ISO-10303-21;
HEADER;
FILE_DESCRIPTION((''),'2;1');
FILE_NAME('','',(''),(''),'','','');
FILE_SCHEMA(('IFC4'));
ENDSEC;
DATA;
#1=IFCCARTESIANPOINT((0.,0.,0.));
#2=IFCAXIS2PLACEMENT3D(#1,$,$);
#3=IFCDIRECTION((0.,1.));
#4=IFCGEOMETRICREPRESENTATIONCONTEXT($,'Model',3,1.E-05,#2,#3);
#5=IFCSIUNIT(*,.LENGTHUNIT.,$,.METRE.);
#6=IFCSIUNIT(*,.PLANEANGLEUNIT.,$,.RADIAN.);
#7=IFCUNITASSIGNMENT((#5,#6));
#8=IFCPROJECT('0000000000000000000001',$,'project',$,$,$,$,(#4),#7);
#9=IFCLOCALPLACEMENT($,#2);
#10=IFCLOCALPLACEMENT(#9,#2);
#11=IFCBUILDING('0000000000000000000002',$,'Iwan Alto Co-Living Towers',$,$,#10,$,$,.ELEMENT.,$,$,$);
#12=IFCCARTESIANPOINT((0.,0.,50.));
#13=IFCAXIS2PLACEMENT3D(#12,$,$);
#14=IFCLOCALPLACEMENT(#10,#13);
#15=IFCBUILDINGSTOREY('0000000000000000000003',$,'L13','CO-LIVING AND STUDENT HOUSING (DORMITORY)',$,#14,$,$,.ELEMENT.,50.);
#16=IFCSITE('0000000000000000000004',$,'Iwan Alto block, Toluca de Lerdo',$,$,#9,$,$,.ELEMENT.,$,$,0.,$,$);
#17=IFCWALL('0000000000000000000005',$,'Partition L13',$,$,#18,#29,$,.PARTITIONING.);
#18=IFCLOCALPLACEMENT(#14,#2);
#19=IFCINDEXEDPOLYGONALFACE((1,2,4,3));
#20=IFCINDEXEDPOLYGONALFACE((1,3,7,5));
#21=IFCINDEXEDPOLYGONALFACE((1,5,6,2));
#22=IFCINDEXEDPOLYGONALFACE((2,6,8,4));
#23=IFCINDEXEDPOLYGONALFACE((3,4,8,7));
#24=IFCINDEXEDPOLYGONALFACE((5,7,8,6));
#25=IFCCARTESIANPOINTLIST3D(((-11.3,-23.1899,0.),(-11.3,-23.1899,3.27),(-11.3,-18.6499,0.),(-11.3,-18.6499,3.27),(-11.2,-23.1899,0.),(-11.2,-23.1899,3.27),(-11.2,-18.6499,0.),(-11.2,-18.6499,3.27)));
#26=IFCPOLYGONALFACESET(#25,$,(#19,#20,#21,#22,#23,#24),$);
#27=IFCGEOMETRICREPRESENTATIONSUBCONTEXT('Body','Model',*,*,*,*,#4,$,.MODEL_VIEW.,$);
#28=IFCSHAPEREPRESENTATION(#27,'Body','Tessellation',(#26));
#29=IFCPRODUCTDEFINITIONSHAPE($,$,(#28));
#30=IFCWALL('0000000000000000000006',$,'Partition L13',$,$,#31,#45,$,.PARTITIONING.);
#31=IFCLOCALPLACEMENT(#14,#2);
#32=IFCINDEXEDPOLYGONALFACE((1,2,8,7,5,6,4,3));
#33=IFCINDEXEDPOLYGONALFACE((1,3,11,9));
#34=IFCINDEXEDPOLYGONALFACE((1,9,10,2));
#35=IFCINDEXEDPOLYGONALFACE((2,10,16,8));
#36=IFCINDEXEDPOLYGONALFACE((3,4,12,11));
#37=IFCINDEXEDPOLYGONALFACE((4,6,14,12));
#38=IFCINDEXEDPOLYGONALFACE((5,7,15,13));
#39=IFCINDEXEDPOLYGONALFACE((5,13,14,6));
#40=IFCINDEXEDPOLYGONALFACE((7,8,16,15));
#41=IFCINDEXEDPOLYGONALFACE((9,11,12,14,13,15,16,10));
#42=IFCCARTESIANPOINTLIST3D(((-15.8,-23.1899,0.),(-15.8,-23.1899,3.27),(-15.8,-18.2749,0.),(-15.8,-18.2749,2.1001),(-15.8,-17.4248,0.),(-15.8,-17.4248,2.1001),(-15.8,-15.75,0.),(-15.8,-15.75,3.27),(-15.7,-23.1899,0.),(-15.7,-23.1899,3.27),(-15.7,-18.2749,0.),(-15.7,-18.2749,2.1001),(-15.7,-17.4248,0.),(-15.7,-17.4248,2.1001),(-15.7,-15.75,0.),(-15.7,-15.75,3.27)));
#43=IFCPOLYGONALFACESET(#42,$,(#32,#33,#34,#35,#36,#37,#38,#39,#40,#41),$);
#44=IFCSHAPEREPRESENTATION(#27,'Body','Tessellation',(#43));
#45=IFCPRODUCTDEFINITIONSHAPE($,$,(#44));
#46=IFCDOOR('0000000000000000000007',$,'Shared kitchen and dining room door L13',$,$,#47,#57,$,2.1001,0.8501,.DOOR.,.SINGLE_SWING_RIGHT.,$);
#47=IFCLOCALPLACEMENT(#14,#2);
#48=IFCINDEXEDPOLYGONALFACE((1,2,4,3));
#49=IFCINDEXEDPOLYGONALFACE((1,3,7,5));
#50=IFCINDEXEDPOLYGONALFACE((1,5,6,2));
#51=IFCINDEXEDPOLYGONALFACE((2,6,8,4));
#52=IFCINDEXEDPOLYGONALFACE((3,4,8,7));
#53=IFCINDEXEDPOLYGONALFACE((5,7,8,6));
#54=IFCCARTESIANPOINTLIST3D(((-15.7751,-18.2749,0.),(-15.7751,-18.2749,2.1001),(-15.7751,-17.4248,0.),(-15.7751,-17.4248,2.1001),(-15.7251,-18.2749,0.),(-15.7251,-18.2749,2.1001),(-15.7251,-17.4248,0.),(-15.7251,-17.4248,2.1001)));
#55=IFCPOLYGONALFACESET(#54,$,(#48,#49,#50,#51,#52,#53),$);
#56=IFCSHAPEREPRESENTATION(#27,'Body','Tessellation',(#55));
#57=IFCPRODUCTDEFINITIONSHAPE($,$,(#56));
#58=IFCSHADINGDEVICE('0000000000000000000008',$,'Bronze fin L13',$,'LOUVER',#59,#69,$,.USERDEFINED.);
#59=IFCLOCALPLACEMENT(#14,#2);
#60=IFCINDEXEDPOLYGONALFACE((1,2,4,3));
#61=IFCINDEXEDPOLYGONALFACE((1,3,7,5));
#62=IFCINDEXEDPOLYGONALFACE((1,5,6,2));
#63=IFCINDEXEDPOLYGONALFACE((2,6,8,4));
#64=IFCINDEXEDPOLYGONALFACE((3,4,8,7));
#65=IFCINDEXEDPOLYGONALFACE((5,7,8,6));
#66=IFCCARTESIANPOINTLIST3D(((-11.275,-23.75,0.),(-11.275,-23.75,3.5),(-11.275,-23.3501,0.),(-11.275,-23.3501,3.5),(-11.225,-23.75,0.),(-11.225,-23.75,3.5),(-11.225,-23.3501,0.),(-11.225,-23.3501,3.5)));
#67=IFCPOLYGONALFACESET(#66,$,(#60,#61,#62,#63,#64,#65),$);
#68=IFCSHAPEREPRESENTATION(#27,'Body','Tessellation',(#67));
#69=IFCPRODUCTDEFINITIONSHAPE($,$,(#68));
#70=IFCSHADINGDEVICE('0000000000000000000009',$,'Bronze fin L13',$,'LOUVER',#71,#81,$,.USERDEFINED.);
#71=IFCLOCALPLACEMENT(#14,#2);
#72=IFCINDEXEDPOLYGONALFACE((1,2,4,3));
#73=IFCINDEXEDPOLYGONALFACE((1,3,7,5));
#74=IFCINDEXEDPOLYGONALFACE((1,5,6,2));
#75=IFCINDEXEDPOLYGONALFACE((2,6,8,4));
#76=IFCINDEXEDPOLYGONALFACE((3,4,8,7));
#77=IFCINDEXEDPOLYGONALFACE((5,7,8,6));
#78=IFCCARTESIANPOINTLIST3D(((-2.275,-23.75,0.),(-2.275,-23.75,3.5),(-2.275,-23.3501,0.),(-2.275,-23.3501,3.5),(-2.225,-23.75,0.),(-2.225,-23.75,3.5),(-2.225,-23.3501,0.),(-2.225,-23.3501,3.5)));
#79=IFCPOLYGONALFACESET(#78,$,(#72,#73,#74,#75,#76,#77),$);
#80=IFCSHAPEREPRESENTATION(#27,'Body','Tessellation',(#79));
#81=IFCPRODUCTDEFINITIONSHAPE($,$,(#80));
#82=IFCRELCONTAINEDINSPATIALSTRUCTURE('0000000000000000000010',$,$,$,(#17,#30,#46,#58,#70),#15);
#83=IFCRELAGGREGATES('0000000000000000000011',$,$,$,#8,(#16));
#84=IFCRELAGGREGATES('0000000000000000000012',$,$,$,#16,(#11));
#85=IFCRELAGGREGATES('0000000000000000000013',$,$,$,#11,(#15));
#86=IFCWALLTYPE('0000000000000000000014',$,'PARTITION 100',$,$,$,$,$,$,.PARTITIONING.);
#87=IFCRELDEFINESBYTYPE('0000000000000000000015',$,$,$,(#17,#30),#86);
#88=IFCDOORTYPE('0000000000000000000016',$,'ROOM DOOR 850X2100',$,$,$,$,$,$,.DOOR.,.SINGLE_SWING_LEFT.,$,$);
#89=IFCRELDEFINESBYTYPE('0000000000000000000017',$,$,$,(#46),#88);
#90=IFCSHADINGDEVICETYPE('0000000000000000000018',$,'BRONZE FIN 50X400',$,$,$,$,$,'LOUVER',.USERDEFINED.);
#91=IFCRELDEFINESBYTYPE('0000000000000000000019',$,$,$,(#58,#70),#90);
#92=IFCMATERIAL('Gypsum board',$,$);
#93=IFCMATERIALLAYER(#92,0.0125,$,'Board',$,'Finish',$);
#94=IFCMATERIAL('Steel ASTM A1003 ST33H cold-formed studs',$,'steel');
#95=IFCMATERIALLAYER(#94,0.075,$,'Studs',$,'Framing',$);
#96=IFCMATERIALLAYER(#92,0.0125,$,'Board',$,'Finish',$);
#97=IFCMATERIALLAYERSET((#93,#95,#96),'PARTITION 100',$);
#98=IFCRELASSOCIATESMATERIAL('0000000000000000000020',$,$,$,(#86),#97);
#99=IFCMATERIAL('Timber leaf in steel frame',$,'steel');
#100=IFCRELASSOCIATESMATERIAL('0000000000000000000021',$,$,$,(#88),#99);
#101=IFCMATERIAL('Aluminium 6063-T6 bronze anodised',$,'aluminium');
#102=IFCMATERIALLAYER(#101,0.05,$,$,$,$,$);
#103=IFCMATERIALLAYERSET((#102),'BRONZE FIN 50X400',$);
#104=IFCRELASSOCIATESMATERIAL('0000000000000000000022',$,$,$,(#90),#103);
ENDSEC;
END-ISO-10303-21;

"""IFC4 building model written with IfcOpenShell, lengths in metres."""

from ifc_helpers import new_model, si_unit, direction, frame, frame_2d, origin, origin_2d, place, context, subcontext, project, spatial, rectangle, extrude, material, layer, layer_set, type_object, element, fill, save


model = new_model("IFC4")

# Units and contexts
model_context = context("Model", 3, precision=1e-05, world=origin(), true_north=direction((0.0, 1.0)))
body_context = subcontext(model_context, "Body", "Model", "MODEL_VIEW")
ifc_project = project(units=[si_unit("LENGTHUNIT", "METRE"), si_unit("PLANEANGLEUNIT", "RADIAN")], contexts=[model_context])

# Site, building, storey
site_placement = place(None, origin())
site = spatial("IfcSite", under=ifc_project, at=site_placement, Name="Iwan Alto block, Toluca de Lerdo", CompositionType="ELEMENT", RefElevation=0.0)
building_placement = place(site_placement, origin())
building = spatial("IfcBuilding", under=site, at=building_placement, Name="Iwan Alto Co-Living Towers", CompositionType="ELEMENT")
storey_placement = place(building_placement, frame((0.0, 0.0, 50.0)))
storey = spatial("IfcBuildingStorey", under=building, at=storey_placement, Name="L13", Description="CO-LIVING AND STUDENT HOUSING (DORMITORY)", CompositionType="ELEMENT", Elevation=50.0)

# Shared definitions
ifc_material_1 = material(Name="Gypsum board")
ifc_layer_1 = layer(ifc_material_1, 0.0125, Name="Board", Category="Finish")
ifc_material_2 = material(Name="Steel ASTM A1003 ST33H cold-formed studs", Category="steel")
ifc_layer_2 = layer(ifc_material_2, 0.075, Name="Studs", Category="Framing")
ifc_layer_3 = layer(ifc_material_1, 0.0125, Name="Board", Category="Finish")
ifc_layer_set_1 = layer_set([ifc_layer_1, ifc_layer_2, ifc_layer_3], Name="PARTITION 100")
wall_type = type_object("IfcWallType", Name="PARTITION 100", PredefinedType="PARTITIONING", material=ifc_layer_set_1)

# Wall
for number, where, z_axis, x_axis, name in (
    (1, (-11.25, -23.1899, 0.0), (0.0, 0.0, 1.0), (0.0, 1.0, 0.0), "Partition L13"),
):
    element("IfcWall", number, at=place(storey_placement, frame(where, z_axis=z_axis, x_axis=x_axis)), inside=storey, type_object=wall_type, Name=name, PredefinedType="PARTITIONING", context=body_context, shape_type="SweptSolid", body=[
        extrude(rectangle(XDim=4.54, YDim=0.1001, at=frame_2d((2.27, 0.0))), origin(), (0.0, 0.0, 1.0), 3.27),
    ])

# Wall, opening, door
wall_1_placement = place(storey_placement, frame((-15.75, -23.1899, 0.0), z_axis=(0.0, 0.0, 1.0), x_axis=(0.0, 1.0, 0.0)))
wall_1 = element("IfcWall", 2, at=wall_1_placement, inside=storey, type_object=wall_type, Name="Partition L13", PredefinedType="PARTITIONING", context=body_context, shape_type="SweptSolid", body=[
    extrude(rectangle(XDim=7.4399, YDim=0.1001, at=frame_2d((3.72, 0.0))), origin(), (0.0, 0.0, 1.0), 3.27),
])
opening_1_placement = place(wall_1_placement, frame((4.915, 0.0, 0.0)))
opening_1 = element("IfcOpeningElement", 3, at=opening_1_placement, cuts=wall_1, PredefinedType="OPENING", context=body_context, shape_type="SweptSolid", body=[
    extrude(rectangle(XDim=0.8501, YDim=2.1001, at=frame_2d((0.425, 1.05))), frame((0.0, 0.0601, 0.0), z_axis=(0.0, -1.0, 0.0), x_axis=(1.0, 0.0, 0.0)), (0.0, 0.0, 1.0), 0.1201),
])
ifc_material_3 = material(Name="Timber leaf in steel frame", Category="steel")
door_type_1 = type_object("IfcDoorType", Name="ROOM DOOR 850X2100", OperationType="SINGLE_SWING_LEFT", PredefinedType="DOOR", material=ifc_material_3)
door_1_placement = place(opening_1_placement, frame((0.8501, 0.0, 0.0), z_axis=(0.0, 0.0, 1.0), x_axis=(-1.0, 0.0, 0.0)))
door_1 = element("IfcDoor", 4, at=door_1_placement, inside=storey, type_object=door_type_1, Name="Shared kitchen and dining room door L13", OperationType="SINGLE_SWING_RIGHT", OverallHeight=2.1001, OverallWidth=0.8501, PredefinedType="DOOR", context=body_context, shape_type="SweptSolid", body=[
    extrude(rectangle(XDim=0.8501, YDim=2.1001, at=frame_2d((0.425, 1.05))), frame((0.0, 0.0249, 0.0), z_axis=(0.0, -1.0, 0.0), x_axis=(1.0, 0.0, 0.0)), (0.0, 0.0, 1.0), 0.05),
])
fill(opening_1, door_1)

# Shading devices
ifc_material_4 = material(Name="Aluminium 6063-T6 bronze anodised", Category="aluminium")
ifc_layer_4 = layer(ifc_material_4, 0.05)
ifc_layer_set_2 = layer_set([ifc_layer_4], Name="BRONZE FIN 50X400")
shading_device_type = type_object("IfcShadingDeviceType", Name="BRONZE FIN 50X400", ElementType="LOUVER", PredefinedType="USERDEFINED", material=ifc_layer_set_2)
for number, where, z_axis, x_axis, name in (
    (5, (-11.25, -23.55, 0.0), (0.0, 0.0, 1.0), (1.0, 0.0, 0.0), "Bronze fin L13"),
    (6, (-2.25, -23.55, 0.0), (0.0, 0.0, 1.0), (1.0, 0.0, 0.0), "Bronze fin L13"),
):
    element("IfcShadingDevice", number, at=place(storey_placement, frame(where, z_axis=z_axis, x_axis=x_axis)), inside=storey, type_object=shading_device_type, Name=name, ObjectType="LOUVER", PredefinedType="USERDEFINED", context=body_context, shape_type="SweptSolid", body=[
        extrude(rectangle(XDim=0.05, YDim=0.3999, at=origin_2d()), origin(), (0.0, 0.0, 1.0), 3.5),
    ])

save(model, "model.ifc")
